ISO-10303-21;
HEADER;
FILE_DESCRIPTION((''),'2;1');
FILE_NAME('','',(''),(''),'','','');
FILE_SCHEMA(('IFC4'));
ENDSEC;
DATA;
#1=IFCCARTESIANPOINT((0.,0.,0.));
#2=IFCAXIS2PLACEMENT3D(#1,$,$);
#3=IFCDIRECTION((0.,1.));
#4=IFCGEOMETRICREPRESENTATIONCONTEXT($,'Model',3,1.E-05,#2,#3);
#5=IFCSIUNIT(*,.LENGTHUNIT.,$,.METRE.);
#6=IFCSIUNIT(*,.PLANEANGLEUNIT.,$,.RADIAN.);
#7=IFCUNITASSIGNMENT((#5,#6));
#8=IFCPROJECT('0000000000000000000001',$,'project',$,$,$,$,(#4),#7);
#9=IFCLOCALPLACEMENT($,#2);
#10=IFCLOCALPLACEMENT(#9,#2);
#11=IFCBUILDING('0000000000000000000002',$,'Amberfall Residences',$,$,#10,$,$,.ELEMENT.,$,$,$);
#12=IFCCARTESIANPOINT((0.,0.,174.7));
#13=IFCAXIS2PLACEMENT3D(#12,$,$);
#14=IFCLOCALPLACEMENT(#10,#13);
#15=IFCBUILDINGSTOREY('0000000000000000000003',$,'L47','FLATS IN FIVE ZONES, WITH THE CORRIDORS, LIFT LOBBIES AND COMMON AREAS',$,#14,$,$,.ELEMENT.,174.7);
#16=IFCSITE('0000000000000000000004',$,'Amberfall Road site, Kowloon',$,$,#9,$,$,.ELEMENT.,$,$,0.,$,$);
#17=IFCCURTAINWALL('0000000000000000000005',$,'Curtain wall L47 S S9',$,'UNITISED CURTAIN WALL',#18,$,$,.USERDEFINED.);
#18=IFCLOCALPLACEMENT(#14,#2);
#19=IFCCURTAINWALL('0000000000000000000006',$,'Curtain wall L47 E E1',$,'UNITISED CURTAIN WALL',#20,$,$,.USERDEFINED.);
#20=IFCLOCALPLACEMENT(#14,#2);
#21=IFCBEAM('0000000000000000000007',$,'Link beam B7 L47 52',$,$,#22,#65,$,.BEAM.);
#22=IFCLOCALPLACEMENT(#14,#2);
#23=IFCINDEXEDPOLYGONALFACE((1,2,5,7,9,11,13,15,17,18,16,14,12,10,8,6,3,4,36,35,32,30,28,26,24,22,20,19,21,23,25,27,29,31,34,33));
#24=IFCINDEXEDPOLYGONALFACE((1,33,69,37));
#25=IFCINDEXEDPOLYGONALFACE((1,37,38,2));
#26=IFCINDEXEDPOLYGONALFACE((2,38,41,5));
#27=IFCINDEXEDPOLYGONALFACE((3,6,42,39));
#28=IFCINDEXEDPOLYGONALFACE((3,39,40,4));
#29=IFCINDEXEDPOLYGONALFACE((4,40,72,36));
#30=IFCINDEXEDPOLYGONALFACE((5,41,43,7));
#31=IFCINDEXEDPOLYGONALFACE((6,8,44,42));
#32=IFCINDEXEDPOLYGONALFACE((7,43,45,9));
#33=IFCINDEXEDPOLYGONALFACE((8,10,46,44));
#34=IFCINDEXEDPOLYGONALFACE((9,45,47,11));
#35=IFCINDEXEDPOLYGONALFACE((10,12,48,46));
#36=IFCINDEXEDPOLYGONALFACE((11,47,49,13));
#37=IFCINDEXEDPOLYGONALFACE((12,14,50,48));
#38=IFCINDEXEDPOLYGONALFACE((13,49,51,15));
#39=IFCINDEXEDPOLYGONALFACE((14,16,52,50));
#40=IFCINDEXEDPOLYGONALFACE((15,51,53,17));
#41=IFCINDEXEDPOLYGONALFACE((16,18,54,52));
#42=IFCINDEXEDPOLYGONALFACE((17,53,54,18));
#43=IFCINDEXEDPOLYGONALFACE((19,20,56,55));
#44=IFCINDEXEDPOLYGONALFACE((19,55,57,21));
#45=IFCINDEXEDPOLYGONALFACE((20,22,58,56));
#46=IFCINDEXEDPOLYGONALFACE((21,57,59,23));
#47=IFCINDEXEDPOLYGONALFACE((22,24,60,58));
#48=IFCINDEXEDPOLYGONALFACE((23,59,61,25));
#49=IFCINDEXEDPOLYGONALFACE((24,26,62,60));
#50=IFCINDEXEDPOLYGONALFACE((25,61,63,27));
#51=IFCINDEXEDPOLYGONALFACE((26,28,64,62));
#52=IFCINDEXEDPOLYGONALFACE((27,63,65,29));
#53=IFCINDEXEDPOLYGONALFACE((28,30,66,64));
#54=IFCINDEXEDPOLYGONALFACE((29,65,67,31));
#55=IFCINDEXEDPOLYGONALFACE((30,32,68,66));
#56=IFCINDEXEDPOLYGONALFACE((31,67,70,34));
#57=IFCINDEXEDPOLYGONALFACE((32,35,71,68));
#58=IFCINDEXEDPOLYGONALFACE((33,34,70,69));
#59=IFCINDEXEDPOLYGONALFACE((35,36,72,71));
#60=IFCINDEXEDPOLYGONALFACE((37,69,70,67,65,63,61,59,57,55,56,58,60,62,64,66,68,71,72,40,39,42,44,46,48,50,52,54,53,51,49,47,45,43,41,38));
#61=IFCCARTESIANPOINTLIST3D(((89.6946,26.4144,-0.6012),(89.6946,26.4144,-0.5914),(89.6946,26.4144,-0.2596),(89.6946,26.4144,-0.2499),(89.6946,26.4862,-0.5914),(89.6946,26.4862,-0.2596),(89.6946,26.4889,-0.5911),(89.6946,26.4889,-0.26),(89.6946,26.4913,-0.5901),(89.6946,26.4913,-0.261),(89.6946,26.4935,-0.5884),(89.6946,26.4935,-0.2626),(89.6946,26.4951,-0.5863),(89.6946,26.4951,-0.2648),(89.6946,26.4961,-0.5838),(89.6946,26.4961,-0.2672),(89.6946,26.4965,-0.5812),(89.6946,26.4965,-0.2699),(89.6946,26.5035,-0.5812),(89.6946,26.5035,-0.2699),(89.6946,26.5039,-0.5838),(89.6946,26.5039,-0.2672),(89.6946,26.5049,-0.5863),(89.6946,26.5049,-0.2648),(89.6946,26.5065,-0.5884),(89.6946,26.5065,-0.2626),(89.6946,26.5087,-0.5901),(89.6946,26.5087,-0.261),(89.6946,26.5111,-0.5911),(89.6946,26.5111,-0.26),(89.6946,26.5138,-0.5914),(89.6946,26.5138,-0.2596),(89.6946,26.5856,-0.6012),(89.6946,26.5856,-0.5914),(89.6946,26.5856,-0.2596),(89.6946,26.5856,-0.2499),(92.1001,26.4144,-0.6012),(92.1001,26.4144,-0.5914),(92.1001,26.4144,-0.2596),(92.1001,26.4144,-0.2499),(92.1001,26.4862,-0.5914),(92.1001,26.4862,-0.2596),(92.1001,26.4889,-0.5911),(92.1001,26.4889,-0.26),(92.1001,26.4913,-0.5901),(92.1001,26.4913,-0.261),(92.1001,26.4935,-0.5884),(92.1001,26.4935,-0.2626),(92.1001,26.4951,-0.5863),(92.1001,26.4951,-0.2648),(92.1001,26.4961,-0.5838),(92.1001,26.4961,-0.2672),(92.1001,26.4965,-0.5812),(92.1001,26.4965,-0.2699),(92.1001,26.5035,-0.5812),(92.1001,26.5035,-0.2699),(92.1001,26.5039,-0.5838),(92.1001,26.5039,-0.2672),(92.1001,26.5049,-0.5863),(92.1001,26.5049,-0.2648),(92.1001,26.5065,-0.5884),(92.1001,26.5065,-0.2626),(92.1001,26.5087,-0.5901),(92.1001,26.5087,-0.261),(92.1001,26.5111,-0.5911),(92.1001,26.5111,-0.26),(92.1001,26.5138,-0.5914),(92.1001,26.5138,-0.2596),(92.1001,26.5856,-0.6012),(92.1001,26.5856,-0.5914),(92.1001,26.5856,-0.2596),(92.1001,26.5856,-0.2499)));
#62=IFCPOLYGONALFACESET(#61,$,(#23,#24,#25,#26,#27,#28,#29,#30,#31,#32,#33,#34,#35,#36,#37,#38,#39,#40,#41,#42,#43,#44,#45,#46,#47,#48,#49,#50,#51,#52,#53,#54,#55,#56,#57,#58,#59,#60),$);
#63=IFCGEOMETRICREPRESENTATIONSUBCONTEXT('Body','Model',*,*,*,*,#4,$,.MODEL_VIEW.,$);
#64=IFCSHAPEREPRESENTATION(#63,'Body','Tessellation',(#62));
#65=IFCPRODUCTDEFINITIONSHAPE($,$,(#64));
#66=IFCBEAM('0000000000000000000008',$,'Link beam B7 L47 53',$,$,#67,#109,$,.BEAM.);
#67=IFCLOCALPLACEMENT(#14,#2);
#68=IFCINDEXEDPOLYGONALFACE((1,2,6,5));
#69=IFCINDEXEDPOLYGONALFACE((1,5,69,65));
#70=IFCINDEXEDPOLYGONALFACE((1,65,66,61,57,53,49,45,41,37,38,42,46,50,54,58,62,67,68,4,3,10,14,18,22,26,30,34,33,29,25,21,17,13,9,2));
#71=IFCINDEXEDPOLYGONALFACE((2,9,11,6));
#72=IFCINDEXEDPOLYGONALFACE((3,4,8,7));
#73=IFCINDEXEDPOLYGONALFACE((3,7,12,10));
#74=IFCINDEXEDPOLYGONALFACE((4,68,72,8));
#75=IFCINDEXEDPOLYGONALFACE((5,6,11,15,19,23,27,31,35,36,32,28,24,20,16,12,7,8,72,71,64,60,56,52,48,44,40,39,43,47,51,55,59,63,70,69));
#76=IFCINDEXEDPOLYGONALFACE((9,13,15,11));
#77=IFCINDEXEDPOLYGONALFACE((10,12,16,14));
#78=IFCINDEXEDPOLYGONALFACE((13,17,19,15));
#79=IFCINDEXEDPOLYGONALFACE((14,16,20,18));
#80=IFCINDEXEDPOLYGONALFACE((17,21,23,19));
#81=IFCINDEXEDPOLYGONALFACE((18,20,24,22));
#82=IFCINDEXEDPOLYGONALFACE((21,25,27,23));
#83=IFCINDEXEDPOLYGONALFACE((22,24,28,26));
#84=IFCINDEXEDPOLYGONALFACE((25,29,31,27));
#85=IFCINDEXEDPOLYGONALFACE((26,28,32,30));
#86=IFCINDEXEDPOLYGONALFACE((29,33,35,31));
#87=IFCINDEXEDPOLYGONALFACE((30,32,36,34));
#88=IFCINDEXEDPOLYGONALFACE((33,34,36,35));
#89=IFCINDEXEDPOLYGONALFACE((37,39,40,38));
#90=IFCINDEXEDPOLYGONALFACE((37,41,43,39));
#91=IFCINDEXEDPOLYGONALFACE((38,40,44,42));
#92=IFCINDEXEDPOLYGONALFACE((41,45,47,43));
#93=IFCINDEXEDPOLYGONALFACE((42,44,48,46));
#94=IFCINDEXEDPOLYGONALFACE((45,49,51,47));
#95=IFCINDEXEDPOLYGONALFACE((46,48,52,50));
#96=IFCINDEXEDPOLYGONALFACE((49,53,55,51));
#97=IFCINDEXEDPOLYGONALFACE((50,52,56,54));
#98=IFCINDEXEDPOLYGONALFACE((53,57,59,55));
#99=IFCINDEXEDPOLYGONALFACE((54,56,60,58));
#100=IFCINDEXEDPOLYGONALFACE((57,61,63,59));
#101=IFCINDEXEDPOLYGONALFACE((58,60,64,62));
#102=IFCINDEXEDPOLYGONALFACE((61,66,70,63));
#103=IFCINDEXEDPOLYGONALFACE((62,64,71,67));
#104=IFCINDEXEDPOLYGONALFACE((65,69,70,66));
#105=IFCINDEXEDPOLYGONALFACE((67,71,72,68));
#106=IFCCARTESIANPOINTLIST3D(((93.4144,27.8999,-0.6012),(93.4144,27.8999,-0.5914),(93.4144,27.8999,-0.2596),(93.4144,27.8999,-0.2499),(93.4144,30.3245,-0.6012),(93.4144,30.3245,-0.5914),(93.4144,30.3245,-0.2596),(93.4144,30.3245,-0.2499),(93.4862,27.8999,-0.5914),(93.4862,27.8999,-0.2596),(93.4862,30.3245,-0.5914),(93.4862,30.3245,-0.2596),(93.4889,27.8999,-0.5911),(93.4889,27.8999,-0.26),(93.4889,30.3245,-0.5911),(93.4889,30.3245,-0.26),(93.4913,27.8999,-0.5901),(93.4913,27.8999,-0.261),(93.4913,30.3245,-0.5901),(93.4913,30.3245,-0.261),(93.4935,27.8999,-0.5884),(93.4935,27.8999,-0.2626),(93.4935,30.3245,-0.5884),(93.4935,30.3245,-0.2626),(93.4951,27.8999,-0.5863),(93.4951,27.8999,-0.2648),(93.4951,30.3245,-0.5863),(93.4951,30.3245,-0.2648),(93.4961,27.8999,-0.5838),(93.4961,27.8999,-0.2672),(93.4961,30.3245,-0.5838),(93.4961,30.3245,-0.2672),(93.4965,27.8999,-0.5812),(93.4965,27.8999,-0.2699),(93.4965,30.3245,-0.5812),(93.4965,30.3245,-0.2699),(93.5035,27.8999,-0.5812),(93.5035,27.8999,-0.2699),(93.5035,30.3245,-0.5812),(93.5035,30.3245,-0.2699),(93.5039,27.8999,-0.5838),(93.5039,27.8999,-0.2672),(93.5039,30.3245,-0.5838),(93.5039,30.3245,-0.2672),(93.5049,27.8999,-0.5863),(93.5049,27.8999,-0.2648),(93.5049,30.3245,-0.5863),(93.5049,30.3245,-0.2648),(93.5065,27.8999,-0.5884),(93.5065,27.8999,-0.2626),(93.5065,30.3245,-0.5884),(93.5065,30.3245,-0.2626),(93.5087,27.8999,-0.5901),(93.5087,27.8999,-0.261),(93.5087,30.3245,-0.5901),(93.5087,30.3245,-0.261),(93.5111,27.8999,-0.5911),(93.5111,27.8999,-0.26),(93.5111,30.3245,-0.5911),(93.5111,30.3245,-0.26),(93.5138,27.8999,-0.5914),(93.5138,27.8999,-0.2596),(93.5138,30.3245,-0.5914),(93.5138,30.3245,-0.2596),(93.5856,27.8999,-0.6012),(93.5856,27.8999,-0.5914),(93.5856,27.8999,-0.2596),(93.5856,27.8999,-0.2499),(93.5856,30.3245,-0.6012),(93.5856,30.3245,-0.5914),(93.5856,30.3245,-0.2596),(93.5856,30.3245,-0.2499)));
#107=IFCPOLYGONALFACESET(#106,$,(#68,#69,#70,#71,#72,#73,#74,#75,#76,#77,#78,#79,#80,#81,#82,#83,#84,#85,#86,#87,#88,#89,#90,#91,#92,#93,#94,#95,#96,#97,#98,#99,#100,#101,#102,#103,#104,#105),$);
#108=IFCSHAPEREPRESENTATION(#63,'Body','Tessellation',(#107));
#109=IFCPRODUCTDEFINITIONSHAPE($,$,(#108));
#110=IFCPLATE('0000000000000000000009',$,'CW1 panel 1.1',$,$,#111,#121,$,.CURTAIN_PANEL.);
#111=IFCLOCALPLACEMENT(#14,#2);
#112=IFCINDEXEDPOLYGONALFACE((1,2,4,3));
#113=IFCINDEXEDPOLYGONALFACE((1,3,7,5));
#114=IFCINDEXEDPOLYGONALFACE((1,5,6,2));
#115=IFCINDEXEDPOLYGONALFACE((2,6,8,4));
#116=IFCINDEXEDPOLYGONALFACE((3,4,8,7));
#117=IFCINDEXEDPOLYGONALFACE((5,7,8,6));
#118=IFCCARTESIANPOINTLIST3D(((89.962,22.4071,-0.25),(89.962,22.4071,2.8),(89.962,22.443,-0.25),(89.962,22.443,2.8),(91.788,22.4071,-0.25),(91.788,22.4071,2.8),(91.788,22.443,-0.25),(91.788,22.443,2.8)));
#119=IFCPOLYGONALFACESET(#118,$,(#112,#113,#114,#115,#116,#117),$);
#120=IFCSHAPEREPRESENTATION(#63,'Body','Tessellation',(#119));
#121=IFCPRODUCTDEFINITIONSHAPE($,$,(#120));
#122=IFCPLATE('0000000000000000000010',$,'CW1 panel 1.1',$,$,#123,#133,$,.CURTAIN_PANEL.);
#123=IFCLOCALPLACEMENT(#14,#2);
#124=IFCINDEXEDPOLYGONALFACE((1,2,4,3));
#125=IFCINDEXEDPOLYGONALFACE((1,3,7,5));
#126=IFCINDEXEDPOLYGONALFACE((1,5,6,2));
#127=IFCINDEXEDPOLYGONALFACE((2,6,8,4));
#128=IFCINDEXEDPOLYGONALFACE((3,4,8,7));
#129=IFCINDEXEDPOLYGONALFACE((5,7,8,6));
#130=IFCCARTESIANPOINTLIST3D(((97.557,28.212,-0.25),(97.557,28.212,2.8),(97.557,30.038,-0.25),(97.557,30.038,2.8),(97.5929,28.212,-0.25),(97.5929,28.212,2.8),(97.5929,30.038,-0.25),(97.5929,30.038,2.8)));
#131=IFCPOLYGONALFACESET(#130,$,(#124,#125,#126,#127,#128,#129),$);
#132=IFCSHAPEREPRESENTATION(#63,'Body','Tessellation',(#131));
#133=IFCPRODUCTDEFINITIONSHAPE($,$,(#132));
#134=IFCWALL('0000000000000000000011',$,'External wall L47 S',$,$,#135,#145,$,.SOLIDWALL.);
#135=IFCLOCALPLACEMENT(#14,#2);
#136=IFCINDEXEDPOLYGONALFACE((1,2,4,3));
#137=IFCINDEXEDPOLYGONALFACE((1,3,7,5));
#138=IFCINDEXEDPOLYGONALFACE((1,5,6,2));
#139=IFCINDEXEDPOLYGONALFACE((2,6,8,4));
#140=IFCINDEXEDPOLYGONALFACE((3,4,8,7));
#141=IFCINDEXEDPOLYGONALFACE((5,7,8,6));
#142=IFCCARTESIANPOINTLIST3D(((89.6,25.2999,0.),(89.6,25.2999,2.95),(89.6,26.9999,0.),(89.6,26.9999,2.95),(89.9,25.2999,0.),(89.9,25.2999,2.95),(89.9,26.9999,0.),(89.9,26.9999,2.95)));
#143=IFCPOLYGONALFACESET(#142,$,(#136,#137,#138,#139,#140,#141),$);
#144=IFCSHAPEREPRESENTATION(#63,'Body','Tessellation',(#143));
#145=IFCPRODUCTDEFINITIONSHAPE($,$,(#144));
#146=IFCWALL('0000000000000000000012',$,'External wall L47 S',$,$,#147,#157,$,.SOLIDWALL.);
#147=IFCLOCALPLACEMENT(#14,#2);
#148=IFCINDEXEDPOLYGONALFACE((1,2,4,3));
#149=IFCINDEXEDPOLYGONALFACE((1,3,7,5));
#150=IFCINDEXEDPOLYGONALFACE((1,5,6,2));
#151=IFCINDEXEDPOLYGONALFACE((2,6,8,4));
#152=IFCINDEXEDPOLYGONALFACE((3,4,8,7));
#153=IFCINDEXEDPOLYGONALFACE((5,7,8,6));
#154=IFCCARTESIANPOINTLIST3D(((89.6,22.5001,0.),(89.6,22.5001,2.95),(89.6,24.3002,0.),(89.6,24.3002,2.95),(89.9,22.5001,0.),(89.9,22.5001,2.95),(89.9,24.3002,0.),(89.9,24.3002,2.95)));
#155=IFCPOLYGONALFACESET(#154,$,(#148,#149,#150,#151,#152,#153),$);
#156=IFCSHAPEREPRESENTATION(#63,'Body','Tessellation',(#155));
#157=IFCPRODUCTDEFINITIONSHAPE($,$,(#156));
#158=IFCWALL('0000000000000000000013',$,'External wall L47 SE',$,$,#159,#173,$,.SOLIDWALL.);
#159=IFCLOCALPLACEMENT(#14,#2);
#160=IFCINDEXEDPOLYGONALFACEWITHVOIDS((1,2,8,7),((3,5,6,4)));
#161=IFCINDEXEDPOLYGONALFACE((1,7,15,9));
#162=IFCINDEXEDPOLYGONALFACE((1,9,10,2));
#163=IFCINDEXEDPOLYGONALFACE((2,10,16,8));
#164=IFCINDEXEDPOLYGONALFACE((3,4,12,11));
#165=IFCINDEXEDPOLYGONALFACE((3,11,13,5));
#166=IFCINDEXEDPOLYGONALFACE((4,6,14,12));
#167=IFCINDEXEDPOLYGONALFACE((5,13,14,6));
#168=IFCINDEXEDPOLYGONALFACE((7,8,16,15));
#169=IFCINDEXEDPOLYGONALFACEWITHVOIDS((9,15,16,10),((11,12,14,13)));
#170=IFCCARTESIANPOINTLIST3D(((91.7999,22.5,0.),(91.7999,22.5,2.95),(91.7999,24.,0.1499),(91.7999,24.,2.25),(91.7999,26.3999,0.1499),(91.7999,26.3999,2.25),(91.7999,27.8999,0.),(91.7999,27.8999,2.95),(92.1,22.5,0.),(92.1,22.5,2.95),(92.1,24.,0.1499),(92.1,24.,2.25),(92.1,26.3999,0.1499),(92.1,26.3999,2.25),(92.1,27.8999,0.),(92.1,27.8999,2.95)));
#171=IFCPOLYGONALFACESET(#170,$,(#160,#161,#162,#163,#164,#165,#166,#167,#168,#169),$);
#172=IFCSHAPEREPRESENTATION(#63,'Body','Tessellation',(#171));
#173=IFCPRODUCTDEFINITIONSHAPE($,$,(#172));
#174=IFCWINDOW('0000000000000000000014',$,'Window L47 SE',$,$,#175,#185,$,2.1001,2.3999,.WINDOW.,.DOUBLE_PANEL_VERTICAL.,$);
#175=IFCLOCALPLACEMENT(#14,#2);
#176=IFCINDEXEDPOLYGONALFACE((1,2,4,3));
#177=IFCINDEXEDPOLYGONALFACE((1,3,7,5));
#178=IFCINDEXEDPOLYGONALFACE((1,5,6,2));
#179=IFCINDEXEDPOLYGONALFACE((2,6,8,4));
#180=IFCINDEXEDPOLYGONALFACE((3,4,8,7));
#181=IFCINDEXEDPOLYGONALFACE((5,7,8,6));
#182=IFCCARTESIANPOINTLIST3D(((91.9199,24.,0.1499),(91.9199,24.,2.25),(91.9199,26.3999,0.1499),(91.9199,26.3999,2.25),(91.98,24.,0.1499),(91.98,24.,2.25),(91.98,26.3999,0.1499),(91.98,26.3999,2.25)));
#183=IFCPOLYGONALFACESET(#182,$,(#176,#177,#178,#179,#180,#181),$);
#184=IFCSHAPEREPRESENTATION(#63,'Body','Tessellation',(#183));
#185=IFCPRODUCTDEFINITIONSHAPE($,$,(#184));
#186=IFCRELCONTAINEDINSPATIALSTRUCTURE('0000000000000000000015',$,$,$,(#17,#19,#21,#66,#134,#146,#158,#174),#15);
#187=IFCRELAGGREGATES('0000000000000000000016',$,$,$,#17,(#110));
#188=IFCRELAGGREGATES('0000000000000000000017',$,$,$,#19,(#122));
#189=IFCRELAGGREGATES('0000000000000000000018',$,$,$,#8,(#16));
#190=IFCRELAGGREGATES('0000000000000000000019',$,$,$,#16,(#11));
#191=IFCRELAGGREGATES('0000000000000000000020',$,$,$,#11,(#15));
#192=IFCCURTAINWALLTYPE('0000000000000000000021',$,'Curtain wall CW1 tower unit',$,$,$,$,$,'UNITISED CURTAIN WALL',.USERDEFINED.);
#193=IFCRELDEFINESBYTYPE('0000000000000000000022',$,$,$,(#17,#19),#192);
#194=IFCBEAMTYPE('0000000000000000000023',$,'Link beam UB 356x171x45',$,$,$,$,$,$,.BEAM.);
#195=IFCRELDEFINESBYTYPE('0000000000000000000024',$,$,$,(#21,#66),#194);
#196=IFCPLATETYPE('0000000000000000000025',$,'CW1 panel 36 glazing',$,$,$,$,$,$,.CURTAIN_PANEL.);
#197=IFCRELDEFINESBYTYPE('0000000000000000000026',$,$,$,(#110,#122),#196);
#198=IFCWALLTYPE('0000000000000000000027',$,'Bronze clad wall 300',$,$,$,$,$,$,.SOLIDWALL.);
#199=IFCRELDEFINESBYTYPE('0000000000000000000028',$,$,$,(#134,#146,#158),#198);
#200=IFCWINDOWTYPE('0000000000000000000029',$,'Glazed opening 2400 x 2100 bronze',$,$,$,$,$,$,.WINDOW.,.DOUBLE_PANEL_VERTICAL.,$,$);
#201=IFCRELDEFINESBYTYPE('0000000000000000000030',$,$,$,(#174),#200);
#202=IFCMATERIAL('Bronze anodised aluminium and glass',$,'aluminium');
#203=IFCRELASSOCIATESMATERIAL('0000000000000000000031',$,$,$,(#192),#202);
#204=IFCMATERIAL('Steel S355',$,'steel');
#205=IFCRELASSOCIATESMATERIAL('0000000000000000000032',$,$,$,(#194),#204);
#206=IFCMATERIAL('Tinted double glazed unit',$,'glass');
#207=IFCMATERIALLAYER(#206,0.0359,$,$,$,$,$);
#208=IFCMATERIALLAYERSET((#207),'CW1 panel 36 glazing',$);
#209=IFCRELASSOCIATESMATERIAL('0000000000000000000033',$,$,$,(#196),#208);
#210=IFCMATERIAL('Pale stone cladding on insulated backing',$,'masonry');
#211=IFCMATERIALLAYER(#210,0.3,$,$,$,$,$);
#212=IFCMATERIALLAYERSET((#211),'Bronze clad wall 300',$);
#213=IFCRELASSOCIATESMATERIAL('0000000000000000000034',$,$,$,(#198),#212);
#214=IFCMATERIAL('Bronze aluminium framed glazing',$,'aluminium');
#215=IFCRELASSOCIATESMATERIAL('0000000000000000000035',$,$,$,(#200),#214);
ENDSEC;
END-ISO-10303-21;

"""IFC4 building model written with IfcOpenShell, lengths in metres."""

from ifc_helpers import new_model, si_unit, direction, frame, frame_2d, origin, origin_2d, place, context, subcontext, project, spatial, rectangle, i_section, extrude, material, layer, layer_set, material_profile, profile_set, type_object, element, fill, aggregate, save


model = new_model("IFC4")

# Units and contexts
model_context = context("Model", 3, precision=1e-05, world=origin(), true_north=direction((0.0, 1.0)))
body_context = subcontext(model_context, "Body", "Model", "MODEL_VIEW")
ifc_project = project(units=[si_unit("LENGTHUNIT", "METRE"), si_unit("PLANEANGLEUNIT", "RADIAN")], contexts=[model_context])

# Site, building, storey
site_placement = place(None, origin())
site = spatial("IfcSite", under=ifc_project, at=site_placement, Name="Amberfall Road site, Kowloon", CompositionType="ELEMENT", RefElevation=0.0)
building_placement = place(site_placement, origin())
building = spatial("IfcBuilding", under=site, at=building_placement, Name="Amberfall Residences", CompositionType="ELEMENT")
storey_placement = place(building_placement, frame((0.0, 0.0, 174.7)))
storey = spatial("IfcBuildingStorey", under=building, at=storey_placement, Name="L47", Description="FLATS IN FIVE ZONES, WITH THE CORRIDORS, LIFT LOBBIES AND COMMON AREAS", CompositionType="ELEMENT", Elevation=174.7)

# Curtain walls
ifc_material_1 = material(Name="Bronze anodised aluminium and glass", Category="aluminium")
curtain_wall_type = type_object("IfcCurtainWallType", Name="Curtain wall CW1 tower unit", ElementType="UNITISED CURTAIN WALL", PredefinedType="USERDEFINED", material=ifc_material_1)
curtain_wall_1_placement = place(storey_placement, origin())
curtain_wall_1 = element("IfcCurtainWall", 1, at=curtain_wall_1_placement, inside=storey, type_object=curtain_wall_type, Name="Curtain wall L47 S S9", ObjectType="UNITISED CURTAIN WALL", PredefinedType="USERDEFINED")
curtain_wall_2_placement = place(storey_placement, origin())
curtain_wall_2 = element("IfcCurtainWall", 2, at=curtain_wall_2_placement, inside=storey, type_object=curtain_wall_type, Name="Curtain wall L47 E E1", ObjectType="UNITISED CURTAIN WALL", PredefinedType="USERDEFINED")

# Beams
ifc_material_2 = material(Name="Steel S355", Category="steel")
ifc_material_profile_1 = material_profile(ifc_material_2, i_section(OverallWidth=0.1711, OverallDepth=0.3513, WebThickness=0.0071, FlangeThickness=0.0098, FilletRadius=0.0103, at=origin_2d()), Name="UB 356x171x45")
ifc_profile_set_1 = profile_set([ifc_material_profile_1], Name="Steel S355")
beam_type_1 = type_object("IfcBeamType", Name="Link beam UB 356x171x45", PredefinedType="BEAM", material=ifc_profile_set_1)
beam_1_placement = place(storey_placement, frame((92.1001, 26.5, -0.4255), z_axis=(-1.0, 0.0, 0.0), x_axis=(0.0, -1.0, 0.0)))
element("IfcBeam", 3, at=beam_1_placement, inside=storey, type_object=beam_type_1, Name="Link beam B7 L47 52", PredefinedType="BEAM", context=body_context, shape_type="SweptSolid", body=[
    extrude(i_section(OverallWidth=0.1711, OverallDepth=0.3513, WebThickness=0.0071, FlangeThickness=0.0098, FilletRadius=0.0103, at=origin_2d()), origin(), (0.0, 0.0, 1.0), 2.4055),
])
beam_2_placement = place(storey_placement, frame((93.5, 27.8999, -0.4255), z_axis=(0.0, 1.0, 0.0), x_axis=(-1.0, 0.0, 0.0)))
element("IfcBeam", 4, at=beam_2_placement, inside=storey, type_object=beam_type_1, Name="Link beam B7 L47 53", PredefinedType="BEAM", context=body_context, shape_type="SweptSolid", body=[
    extrude(i_section(OverallWidth=0.1711, OverallDepth=0.3513, WebThickness=0.0071, FlangeThickness=0.0098, FilletRadius=0.0103, at=origin_2d()), origin(), (0.0, 0.0, 1.0), 2.4246),
])

# Plates
ifc_material_3 = material(Name="Tinted double glazed unit", Category="glass")
ifc_layer_1 = layer(ifc_material_3, 0.0359)
ifc_layer_set_1 = layer_set([ifc_layer_1], Name="CW1 panel 36 glazing")
plate_type = type_object("IfcPlateType", Name="CW1 panel 36 glazing", PredefinedType="CURTAIN_PANEL", material=ifc_layer_set_1)
plate_1_placement = place(storey_placement, frame((90.875, 22.425, -0.25), z_axis=(0.0, 0.0, 1.0), x_axis=(1.0, 0.0, 0.0)))
plate_1 = element("IfcPlate", 5, at=plate_1_placement, type_object=plate_type, Name="CW1 panel 1.1", PredefinedType="CURTAIN_PANEL", context=body_context, shape_type="SweptSolid", body=[
    extrude(rectangle(XDim=1.8259, YDim=0.0359, at=origin_2d()), origin(), (0.0, 0.0, 1.0), 3.05),
])
aggregate(curtain_wall_1, [plate_1])
plate_2_placement = place(storey_placement, frame((97.575, 29.125, -0.25), z_axis=(0.0, 0.0, 1.0), x_axis=(0.0, 1.0, 0.0)))
plate_2 = element("IfcPlate", 6, at=plate_2_placement, type_object=plate_type, Name="CW1 panel 1.1", PredefinedType="CURTAIN_PANEL", context=body_context, shape_type="SweptSolid", body=[
    extrude(rectangle(XDim=1.8259, YDim=0.0359, at=origin_2d()), origin(), (0.0, 0.0, 1.0), 3.05),
])
aggregate(curtain_wall_2, [plate_2])

# Walls
ifc_material_4 = material(Name="Pale stone cladding on insulated backing", Category="masonry")
ifc_layer_2 = layer(ifc_material_4, 0.3)
ifc_layer_set_2 = layer_set([ifc_layer_2], Name="Bronze clad wall 300")
wall_type_1 = type_object("IfcWallType", Name="Bronze clad wall 300", PredefinedType="SOLIDWALL", material=ifc_layer_set_2)
wall_1_placement = place(storey_placement, frame((89.75, 27.0, 0.0), z_axis=(0.0, 0.0, 1.0), x_axis=(0.0, -1.0, 0.0)))
element("IfcWall", 7, at=wall_1_placement, inside=storey, type_object=wall_type_1, Name="External wall L47 S", PredefinedType="SOLIDWALL", context=body_context, shape_type="SweptSolid", body=[
    extrude(rectangle(XDim=1.7, YDim=0.3, at=frame_2d((0.8501, 0.0))), origin(), (0.0, 0.0, 1.0), 2.95),
])
wall_2_placement = place(storey_placement, frame((89.75, 24.3, 0.0), z_axis=(0.0, 0.0, 1.0), x_axis=(0.0, -1.0, 0.0)))
element("IfcWall", 8, at=wall_2_placement, inside=storey, type_object=wall_type_1, Name="External wall L47 S", PredefinedType="SOLIDWALL", context=body_context, shape_type="SweptSolid", body=[
    extrude(rectangle(XDim=1.8, YDim=0.3, at=frame_2d((0.8999, 0.0))), origin(), (0.0, 0.0, 1.0), 2.95),
])

# Wall, opening, window
wall_3_placement = place(storey_placement, frame((91.95, 22.5, 0.0), z_axis=(0.0, 0.0, 1.0), x_axis=(0.0, 1.0, 0.0)))
wall_3 = element("IfcWall", 9, at=wall_3_placement, inside=storey, type_object=wall_type_1, Name="External wall L47 SE", PredefinedType="SOLIDWALL", context=body_context, shape_type="SweptSolid", body=[
    extrude(rectangle(XDim=5.3999, YDim=0.3, at=frame_2d((2.7, 0.0))), origin(), (0.0, 0.0, 1.0), 2.95),
])
opening_1_placement = place(wall_3_placement, frame((1.5, 0.0, 0.1499)))
opening_1 = element("IfcOpeningElement", 10, at=opening_1_placement, cuts=wall_3, PredefinedType="OPENING", context=body_context, shape_type="SweptSolid", body=[
    extrude(rectangle(XDim=2.3999, YDim=2.1001, at=frame_2d((1.2, 1.05))), frame((0.0, 0.1599, 0.0), z_axis=(0.0, -1.0, 0.0), x_axis=(1.0, 0.0, 0.0)), (0.0, 0.0, 1.0), 0.3201),
])
ifc_material_5 = material(Name="Bronze aluminium framed glazing", Category="aluminium")
window_type_1 = type_object("IfcWindowType", Name="Glazed opening 2400 x 2100 bronze", PartitioningType="DOUBLE_PANEL_VERTICAL", PredefinedType="WINDOW", material=ifc_material_5)
window_1_placement = place(opening_1_placement, origin())
window_1 = element("IfcWindow", 11, at=window_1_placement, inside=storey, type_object=window_type_1, Name="Window L47 SE", OverallHeight=2.1001, OverallWidth=2.3999, PartitioningType="DOUBLE_PANEL_VERTICAL", PredefinedType="WINDOW", context=body_context, shape_type="SweptSolid", body=[
    extrude(rectangle(XDim=2.3999, YDim=2.1001, at=frame_2d((1.2, 1.05))), frame((0.0, 0.03, 0.0), z_axis=(0.0, -1.0, 0.0), x_axis=(1.0, 0.0, 0.0)), (0.0, 0.0, 1.0), 0.0601),
])
fill(opening_1, window_1)

save(model, "model.ifc")
